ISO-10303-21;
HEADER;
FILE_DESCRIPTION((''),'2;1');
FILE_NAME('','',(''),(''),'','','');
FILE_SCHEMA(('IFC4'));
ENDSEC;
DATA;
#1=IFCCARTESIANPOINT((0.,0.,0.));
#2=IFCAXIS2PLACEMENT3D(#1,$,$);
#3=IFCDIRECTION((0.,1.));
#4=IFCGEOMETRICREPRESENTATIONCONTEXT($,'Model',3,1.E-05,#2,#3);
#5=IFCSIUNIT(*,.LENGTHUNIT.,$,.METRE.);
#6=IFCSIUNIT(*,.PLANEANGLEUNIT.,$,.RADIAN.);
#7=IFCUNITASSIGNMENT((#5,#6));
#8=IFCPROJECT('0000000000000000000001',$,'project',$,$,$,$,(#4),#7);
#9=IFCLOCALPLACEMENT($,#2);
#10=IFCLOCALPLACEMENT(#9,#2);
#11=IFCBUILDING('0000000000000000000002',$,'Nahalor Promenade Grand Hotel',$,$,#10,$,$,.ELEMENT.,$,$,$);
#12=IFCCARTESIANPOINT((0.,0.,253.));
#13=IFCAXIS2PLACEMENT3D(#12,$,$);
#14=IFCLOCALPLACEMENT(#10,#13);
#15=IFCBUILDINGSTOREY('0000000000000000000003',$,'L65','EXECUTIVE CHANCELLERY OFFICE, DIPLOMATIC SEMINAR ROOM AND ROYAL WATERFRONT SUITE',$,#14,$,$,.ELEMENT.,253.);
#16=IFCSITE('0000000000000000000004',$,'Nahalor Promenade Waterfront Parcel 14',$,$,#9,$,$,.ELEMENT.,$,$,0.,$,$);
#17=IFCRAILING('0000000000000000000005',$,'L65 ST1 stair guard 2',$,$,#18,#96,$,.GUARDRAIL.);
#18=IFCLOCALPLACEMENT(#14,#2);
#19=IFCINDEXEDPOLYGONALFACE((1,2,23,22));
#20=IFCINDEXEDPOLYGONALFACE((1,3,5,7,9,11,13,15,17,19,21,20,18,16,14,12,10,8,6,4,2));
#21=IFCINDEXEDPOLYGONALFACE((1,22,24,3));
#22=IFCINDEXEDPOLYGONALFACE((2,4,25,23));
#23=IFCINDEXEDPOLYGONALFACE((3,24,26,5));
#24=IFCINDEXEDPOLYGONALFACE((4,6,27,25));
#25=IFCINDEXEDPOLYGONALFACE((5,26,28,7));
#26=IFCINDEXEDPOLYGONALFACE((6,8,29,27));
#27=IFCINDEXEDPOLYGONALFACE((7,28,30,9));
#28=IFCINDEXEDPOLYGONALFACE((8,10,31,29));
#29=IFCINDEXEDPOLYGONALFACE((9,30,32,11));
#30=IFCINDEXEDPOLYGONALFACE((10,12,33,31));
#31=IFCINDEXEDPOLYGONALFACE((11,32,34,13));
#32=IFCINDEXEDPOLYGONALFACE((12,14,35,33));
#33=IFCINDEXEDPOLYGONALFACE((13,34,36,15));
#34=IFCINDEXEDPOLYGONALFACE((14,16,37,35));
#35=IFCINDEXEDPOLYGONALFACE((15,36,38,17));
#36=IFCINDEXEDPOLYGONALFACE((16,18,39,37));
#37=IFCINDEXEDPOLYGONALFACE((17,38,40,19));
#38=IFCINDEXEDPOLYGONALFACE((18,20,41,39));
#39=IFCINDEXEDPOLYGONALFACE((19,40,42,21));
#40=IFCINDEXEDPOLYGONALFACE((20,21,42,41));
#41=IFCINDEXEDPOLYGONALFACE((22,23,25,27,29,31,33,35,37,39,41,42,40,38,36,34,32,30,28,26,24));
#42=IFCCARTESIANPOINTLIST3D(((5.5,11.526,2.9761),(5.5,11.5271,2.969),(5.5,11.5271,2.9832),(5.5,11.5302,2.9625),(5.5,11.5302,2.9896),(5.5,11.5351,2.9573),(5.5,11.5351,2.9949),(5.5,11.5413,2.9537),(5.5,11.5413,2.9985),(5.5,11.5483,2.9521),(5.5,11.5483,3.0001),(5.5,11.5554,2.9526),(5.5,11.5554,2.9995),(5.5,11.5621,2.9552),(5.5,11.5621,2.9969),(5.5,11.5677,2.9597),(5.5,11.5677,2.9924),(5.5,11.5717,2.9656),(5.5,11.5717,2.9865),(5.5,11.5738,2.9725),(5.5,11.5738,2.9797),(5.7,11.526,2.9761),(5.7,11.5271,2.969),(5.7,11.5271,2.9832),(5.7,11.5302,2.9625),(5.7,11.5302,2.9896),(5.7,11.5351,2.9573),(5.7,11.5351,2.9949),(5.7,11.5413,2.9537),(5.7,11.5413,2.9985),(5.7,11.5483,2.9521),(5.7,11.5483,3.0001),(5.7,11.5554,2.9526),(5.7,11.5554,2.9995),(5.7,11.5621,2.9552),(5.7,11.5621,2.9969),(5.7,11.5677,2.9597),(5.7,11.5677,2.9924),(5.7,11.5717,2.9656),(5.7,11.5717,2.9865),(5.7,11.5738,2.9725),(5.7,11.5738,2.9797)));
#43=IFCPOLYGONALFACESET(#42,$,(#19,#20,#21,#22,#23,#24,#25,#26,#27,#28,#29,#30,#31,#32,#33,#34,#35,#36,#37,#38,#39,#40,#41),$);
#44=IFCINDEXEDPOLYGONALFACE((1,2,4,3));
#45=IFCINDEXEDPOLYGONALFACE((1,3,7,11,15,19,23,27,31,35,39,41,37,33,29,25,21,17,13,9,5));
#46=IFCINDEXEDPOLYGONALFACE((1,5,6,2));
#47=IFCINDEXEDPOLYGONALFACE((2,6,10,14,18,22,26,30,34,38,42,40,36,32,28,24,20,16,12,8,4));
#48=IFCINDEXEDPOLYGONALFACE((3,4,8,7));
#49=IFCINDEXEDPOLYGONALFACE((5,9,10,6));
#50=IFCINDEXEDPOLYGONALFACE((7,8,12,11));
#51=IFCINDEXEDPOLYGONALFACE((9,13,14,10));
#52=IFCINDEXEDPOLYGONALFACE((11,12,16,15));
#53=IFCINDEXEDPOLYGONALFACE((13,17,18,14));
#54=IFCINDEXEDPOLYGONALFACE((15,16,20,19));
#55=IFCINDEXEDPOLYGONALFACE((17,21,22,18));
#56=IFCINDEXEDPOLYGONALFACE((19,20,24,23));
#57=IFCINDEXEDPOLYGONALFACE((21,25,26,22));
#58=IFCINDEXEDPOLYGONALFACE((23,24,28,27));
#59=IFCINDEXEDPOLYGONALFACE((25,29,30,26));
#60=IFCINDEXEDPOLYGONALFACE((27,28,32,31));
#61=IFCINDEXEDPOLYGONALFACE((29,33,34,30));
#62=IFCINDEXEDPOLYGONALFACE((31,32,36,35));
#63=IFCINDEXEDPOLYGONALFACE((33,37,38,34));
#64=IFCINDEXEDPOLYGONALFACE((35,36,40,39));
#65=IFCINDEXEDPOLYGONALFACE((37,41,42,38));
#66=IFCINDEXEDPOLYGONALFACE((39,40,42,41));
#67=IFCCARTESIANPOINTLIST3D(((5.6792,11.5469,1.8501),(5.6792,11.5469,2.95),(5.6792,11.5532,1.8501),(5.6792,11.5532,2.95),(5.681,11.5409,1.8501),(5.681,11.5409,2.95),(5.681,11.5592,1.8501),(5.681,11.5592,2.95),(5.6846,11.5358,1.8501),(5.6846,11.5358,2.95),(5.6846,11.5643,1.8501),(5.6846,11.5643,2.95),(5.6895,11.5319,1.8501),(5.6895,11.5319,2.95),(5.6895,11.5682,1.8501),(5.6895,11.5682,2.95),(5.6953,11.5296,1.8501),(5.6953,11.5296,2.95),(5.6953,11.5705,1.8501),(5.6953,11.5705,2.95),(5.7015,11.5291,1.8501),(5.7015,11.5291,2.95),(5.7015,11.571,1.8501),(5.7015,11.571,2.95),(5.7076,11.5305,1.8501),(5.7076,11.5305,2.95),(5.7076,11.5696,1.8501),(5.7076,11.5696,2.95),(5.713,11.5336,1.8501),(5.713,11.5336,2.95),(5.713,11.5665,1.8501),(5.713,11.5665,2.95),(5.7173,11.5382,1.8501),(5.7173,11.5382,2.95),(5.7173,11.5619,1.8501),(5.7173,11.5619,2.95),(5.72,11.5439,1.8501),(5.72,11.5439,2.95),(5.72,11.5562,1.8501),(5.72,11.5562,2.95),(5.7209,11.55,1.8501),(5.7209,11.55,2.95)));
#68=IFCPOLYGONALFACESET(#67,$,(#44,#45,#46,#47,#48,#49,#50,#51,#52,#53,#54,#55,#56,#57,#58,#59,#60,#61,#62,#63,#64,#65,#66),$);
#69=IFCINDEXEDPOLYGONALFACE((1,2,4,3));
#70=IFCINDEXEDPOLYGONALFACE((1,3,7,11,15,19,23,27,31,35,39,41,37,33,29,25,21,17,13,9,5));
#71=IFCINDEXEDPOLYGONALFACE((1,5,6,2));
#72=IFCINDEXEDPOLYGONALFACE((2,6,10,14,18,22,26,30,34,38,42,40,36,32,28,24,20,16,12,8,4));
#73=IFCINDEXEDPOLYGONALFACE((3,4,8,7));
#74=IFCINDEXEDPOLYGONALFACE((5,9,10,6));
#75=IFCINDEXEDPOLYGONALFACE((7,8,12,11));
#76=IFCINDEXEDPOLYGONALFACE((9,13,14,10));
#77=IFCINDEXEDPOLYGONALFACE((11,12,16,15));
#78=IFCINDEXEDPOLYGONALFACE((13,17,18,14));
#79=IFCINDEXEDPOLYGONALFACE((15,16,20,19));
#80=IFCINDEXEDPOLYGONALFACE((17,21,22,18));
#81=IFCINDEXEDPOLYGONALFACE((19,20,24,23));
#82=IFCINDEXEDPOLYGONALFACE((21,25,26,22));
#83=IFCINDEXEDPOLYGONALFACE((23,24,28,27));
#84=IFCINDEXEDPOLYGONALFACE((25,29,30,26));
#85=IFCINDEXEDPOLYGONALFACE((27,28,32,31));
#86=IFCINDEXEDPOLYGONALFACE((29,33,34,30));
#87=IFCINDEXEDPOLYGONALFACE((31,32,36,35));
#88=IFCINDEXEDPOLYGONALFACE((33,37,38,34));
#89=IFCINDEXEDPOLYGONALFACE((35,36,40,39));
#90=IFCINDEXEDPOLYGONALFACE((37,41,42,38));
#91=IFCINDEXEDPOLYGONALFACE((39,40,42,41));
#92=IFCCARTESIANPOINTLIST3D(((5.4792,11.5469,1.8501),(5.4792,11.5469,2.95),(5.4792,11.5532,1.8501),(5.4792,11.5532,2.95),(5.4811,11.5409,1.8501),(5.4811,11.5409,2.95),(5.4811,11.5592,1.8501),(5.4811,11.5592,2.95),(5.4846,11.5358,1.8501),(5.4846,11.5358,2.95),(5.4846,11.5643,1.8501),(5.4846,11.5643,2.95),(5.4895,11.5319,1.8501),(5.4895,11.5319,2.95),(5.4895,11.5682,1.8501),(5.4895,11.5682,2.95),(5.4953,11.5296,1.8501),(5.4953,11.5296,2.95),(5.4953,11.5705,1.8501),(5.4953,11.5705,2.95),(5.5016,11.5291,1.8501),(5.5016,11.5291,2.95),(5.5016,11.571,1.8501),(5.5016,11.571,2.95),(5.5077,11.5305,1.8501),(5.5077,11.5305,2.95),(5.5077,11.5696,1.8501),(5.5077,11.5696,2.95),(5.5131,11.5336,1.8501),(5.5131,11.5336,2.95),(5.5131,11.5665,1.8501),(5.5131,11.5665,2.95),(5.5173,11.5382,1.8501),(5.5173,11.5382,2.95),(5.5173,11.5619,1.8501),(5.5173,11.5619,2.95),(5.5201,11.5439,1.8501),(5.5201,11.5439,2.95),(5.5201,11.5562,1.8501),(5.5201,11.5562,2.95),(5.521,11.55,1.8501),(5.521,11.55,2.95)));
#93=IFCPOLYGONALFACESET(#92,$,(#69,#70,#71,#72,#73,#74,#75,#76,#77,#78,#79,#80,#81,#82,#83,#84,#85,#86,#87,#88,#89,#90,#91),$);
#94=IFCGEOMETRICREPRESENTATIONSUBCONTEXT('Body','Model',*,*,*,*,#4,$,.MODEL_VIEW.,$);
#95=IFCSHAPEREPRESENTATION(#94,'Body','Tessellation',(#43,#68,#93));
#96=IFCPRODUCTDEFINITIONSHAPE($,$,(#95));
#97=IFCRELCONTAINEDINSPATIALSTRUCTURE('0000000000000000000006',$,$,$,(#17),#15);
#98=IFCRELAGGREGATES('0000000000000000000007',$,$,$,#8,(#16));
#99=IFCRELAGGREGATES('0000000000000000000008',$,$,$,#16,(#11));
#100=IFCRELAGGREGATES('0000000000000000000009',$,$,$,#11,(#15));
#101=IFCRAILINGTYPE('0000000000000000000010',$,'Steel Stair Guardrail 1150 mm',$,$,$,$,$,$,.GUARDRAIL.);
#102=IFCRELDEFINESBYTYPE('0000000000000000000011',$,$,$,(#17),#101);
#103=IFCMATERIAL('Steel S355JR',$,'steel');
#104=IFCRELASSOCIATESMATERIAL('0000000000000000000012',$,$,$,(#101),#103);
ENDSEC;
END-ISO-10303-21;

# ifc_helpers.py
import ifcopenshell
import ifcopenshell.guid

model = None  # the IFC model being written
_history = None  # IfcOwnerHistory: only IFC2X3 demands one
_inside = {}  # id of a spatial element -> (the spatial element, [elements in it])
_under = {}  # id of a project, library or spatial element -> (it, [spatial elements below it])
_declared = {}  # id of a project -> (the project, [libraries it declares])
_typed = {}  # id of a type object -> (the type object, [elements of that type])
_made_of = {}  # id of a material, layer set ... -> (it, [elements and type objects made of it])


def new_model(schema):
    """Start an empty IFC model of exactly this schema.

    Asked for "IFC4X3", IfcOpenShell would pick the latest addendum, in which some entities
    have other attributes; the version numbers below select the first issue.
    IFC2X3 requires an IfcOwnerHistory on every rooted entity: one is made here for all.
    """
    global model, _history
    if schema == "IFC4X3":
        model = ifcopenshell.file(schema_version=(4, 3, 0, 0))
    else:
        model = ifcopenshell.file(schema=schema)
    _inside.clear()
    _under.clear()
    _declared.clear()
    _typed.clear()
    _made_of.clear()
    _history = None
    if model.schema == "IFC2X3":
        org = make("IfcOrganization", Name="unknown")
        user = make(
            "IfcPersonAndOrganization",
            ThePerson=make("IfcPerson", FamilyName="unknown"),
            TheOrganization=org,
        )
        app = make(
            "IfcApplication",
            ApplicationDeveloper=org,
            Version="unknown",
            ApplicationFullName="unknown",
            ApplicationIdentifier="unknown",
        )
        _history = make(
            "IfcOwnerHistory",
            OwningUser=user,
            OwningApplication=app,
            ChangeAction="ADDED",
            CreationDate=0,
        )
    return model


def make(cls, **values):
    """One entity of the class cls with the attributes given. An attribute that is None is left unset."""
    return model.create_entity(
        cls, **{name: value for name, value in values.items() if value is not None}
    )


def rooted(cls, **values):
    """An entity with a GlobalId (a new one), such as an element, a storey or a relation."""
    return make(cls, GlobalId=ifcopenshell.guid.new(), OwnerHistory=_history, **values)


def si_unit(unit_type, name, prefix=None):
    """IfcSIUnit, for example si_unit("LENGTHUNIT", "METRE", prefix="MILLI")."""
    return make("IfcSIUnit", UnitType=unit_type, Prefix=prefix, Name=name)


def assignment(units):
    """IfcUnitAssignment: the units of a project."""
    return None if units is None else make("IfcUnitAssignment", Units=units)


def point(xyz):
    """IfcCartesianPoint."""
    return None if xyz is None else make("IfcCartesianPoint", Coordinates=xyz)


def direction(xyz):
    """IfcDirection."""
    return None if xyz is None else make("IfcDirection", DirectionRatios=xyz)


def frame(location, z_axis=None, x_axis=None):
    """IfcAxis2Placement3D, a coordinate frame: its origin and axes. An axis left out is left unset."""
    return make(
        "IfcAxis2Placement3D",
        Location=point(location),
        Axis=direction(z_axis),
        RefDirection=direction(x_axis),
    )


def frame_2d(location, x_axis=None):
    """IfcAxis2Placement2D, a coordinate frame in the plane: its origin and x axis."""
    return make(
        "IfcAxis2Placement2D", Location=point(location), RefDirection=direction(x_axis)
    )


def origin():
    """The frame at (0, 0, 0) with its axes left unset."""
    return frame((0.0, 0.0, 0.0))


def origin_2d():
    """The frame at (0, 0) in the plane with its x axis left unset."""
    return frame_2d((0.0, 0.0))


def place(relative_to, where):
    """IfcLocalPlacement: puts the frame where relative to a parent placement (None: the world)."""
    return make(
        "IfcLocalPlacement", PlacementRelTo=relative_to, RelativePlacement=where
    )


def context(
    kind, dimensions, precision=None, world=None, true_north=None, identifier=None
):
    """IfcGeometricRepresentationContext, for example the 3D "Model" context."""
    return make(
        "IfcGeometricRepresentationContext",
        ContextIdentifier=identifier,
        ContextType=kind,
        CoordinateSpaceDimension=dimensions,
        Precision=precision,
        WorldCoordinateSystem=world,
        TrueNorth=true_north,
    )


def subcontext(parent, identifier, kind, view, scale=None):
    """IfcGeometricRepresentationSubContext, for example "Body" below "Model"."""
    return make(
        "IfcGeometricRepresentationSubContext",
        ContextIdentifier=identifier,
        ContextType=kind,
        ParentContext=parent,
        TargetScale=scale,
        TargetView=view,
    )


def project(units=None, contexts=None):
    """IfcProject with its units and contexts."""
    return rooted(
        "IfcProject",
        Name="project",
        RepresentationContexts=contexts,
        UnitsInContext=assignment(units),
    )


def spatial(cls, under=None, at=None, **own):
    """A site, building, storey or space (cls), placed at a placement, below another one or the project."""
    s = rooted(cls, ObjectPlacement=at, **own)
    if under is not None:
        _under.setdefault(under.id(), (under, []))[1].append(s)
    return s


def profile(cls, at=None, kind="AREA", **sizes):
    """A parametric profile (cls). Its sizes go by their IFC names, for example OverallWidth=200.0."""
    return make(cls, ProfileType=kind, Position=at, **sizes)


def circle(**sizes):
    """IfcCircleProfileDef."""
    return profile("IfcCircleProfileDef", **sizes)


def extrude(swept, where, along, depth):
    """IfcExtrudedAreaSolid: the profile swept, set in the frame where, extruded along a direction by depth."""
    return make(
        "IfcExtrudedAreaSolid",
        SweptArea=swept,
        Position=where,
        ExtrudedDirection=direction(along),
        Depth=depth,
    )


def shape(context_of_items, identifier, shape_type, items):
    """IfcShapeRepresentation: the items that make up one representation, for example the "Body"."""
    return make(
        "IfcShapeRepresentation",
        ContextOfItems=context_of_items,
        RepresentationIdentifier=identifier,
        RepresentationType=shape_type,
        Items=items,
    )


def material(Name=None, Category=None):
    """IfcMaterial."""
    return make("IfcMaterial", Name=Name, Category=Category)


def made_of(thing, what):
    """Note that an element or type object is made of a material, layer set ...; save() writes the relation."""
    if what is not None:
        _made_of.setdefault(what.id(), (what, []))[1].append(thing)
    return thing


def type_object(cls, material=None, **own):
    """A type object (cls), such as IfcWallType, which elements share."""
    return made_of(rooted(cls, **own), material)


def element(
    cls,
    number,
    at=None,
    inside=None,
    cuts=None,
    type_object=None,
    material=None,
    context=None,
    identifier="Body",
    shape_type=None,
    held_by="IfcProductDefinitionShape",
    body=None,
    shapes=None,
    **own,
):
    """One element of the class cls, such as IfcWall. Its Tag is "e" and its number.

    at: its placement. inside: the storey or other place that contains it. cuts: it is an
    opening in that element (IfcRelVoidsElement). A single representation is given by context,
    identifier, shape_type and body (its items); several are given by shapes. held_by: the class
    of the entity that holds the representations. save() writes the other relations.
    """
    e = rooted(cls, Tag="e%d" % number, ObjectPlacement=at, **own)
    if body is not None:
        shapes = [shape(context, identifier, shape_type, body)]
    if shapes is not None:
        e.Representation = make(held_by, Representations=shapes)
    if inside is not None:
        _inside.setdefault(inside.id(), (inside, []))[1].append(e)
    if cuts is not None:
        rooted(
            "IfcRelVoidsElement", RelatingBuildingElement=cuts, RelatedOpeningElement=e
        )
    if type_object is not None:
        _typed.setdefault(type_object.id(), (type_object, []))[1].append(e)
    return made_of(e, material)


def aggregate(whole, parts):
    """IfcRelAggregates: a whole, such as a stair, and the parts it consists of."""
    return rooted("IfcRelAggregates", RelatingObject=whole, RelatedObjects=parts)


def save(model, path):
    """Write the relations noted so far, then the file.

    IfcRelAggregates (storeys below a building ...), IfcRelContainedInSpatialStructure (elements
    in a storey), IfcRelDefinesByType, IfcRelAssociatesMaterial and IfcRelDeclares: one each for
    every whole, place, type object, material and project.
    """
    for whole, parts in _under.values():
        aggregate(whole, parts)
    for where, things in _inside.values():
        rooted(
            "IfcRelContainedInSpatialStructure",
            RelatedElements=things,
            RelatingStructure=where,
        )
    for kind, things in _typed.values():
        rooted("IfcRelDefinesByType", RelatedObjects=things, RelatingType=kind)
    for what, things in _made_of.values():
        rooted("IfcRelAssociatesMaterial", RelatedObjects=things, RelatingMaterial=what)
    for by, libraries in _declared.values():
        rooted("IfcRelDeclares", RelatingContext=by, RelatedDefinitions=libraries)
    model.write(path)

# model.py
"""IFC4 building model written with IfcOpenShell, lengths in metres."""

from ifc_helpers import new_model, si_unit, direction, frame, origin, origin_2d, place, context, subcontext, project, spatial, circle, extrude, material, type_object, element, save


model = new_model("IFC4")

# Units and contexts
model_context = context("Model", 3, precision=1e-05, world=origin(), true_north=direction((0.0, 1.0)))
body_context = subcontext(model_context, "Body", "Model", "MODEL_VIEW")
ifc_project = project(units=[si_unit("LENGTHUNIT", "METRE"), si_unit("PLANEANGLEUNIT", "RADIAN")], contexts=[model_context])

# Site, building, storey
site_placement = place(None, origin())
site = spatial("IfcSite", under=ifc_project, at=site_placement, Name="Nahalor Promenade Waterfront Parcel 14", CompositionType="ELEMENT", RefElevation=0.0)
building_placement = place(site_placement, origin())
building = spatial("IfcBuilding", under=site, at=building_placement, Name="Nahalor Promenade Grand Hotel", CompositionType="ELEMENT")
storey_placement = place(building_placement, frame((0.0, 0.0, 253.0)))
storey = spatial("IfcBuildingStorey", under=building, at=storey_placement, Name="L65", Description="EXECUTIVE CHANCELLERY OFFICE, DIPLOMATIC SEMINAR ROOM AND ROYAL WATERFRONT SUITE", CompositionType="ELEMENT", Elevation=253.0)

# Shared definitions
ifc_material_1 = material(Name="Steel S355JR", Category="steel")

# Railing
railing_type_1 = type_object("IfcRailingType", Name="Steel Stair Guardrail 1150 mm", PredefinedType="GUARDRAIL", material=ifc_material_1)
railing_1_placement = place(storey_placement, frame((5.7, 11.55, 1.8501)))
element("IfcRailing", 1, at=railing_1_placement, inside=storey, type_object=railing_type_1, Name="L65 ST1 stair guard 2", PredefinedType="GUARDRAIL", context=body_context, shape_type="SweptSolid", body=[
    extrude(circle(Radius=0.024, at=origin_2d()), frame((0.0, 0.0, 1.126), z_axis=(-1.0, 0.0, 0.0), x_axis=(0.0, -1.0, 0.0)), (0.0, 0.0, 1.0), 0.2),
    extrude(circle(Radius=0.021, at=origin_2d()), origin(), (0.0, 0.0, 1.0), 1.0999),
    extrude(circle(Radius=0.021, at=origin_2d()), frame((-0.2, 0.0, 0.0)), (0.0, 0.0, 1.0), 1.0999),
])

save(model, "model.ifc")
